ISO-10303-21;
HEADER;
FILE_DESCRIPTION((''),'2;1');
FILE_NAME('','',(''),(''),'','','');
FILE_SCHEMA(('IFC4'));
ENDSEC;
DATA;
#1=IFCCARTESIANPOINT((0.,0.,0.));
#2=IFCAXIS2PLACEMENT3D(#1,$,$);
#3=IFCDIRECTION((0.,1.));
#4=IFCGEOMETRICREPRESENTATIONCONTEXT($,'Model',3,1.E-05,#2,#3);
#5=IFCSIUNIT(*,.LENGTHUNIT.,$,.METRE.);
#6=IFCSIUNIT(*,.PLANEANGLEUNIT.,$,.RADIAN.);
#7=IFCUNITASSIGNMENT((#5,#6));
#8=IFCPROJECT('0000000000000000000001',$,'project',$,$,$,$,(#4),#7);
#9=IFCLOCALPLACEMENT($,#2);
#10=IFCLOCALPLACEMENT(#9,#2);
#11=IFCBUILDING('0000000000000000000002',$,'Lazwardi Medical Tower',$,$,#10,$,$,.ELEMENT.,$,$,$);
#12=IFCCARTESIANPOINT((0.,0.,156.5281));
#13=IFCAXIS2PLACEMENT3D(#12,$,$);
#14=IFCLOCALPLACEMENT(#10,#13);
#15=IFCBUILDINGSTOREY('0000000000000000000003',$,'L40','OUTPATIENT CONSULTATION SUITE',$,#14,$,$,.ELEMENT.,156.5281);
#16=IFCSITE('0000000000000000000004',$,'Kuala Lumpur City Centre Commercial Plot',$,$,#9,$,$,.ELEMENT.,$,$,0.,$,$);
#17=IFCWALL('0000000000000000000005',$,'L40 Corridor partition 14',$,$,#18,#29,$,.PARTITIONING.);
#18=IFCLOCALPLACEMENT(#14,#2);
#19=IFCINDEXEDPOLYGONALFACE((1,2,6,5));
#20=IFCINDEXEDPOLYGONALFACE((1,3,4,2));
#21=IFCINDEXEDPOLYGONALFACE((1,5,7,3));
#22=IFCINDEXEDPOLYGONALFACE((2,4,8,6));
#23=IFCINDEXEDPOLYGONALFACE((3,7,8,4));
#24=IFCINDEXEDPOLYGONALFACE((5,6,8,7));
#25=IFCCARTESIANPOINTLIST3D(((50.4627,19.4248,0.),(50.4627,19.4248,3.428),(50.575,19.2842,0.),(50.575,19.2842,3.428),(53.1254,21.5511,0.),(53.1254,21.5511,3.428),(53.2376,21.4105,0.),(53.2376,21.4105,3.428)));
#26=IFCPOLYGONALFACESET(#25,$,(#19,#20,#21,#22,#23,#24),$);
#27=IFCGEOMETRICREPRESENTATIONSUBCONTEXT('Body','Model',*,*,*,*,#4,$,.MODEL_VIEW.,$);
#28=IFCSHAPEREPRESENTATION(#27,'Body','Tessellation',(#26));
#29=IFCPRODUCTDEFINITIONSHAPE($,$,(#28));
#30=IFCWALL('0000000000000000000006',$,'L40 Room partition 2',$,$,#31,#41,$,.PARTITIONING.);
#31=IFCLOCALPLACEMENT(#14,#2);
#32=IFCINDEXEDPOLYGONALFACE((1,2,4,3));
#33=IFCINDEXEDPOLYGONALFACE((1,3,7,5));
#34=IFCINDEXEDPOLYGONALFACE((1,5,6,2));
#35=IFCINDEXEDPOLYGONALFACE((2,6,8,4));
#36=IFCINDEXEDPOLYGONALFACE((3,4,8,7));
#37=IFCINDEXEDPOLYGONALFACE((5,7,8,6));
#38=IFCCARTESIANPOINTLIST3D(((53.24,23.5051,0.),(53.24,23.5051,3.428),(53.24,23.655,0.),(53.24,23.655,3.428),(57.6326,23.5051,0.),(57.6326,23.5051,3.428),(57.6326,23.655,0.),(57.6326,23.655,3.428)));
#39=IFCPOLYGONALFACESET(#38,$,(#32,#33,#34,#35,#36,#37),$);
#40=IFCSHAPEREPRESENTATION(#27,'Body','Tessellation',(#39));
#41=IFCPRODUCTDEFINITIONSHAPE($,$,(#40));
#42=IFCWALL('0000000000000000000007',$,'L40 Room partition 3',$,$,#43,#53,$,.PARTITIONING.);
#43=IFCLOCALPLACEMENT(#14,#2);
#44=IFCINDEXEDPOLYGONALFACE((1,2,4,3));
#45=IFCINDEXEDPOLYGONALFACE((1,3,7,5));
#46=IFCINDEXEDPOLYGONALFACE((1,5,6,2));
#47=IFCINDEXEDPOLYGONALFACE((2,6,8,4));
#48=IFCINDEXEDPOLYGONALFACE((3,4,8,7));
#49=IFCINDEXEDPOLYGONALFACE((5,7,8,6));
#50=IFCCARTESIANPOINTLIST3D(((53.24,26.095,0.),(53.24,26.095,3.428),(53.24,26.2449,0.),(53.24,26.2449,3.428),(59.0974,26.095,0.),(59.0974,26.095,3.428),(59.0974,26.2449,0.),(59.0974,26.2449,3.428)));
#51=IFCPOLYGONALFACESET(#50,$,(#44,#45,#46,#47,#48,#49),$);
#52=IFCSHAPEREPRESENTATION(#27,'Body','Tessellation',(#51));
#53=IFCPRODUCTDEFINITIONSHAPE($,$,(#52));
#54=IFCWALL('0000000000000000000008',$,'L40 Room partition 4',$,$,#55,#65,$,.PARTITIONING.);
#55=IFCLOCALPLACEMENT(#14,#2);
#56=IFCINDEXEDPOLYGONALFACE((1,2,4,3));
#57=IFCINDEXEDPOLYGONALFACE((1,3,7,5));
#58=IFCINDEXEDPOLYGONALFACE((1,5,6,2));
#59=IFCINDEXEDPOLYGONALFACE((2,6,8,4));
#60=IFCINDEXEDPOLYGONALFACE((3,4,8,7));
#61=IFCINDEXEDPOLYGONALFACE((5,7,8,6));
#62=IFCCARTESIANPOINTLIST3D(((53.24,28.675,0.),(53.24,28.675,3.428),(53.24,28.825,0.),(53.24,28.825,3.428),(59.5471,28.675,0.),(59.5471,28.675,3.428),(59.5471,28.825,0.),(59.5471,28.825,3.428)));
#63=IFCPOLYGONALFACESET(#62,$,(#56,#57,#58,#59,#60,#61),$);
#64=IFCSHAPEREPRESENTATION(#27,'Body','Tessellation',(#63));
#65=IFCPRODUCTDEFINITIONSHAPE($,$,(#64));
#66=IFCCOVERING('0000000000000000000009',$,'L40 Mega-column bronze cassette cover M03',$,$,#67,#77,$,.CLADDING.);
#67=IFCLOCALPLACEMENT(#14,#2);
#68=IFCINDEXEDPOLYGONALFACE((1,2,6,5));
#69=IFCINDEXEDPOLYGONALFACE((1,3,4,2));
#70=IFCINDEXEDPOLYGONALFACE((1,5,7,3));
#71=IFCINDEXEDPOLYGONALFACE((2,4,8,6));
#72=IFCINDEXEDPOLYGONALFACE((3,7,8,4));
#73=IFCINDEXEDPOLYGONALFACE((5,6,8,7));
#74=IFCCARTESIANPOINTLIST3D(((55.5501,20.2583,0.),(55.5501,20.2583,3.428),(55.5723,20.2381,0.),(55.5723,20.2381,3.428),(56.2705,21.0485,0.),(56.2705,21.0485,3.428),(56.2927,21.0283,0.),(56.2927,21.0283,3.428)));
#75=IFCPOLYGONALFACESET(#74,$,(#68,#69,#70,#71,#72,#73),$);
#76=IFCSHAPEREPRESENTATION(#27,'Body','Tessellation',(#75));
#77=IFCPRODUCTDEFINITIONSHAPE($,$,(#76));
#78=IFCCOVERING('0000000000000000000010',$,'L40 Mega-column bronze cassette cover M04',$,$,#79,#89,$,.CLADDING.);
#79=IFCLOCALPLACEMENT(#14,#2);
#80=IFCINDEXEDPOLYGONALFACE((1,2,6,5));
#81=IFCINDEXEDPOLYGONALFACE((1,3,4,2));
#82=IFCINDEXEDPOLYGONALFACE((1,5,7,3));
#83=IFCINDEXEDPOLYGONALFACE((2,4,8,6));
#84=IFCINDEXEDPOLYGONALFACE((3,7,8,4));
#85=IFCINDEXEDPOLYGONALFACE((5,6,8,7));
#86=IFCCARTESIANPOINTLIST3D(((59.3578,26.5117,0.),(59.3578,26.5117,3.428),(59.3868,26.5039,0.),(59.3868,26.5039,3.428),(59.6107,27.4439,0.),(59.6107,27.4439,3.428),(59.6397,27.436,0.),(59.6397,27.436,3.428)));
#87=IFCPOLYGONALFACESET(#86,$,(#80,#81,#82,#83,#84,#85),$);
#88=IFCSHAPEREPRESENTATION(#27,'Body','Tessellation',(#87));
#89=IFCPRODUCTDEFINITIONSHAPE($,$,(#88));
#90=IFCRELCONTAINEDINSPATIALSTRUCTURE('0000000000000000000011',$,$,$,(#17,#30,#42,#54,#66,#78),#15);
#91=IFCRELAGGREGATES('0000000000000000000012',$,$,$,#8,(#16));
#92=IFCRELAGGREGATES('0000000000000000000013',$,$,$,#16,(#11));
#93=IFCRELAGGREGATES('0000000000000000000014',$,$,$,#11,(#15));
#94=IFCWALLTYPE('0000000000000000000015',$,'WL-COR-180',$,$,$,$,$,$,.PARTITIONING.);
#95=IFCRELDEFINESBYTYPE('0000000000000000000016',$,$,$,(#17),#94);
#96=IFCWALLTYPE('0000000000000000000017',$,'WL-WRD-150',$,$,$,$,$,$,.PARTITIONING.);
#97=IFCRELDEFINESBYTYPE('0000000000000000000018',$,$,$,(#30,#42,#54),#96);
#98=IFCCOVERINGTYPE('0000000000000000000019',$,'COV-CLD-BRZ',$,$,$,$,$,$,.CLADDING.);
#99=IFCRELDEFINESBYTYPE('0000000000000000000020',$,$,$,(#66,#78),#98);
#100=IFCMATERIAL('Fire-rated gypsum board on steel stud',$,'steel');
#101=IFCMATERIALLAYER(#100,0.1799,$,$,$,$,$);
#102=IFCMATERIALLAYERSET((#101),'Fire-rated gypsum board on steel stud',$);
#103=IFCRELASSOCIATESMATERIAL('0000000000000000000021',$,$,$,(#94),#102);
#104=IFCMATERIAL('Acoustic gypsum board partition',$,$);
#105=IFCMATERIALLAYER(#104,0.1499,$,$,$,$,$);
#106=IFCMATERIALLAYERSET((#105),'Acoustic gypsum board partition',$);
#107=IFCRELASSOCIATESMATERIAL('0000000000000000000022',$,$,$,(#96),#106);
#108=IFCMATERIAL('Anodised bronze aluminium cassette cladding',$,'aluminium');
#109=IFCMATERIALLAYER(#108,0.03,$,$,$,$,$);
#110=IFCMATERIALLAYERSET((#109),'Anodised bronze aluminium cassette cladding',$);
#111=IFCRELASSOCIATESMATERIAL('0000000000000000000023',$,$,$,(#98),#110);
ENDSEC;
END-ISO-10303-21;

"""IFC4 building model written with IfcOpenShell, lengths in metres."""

from ifc_helpers import new_model, si_unit, direction, frame, frame_2d, origin, origin_2d, place, context, subcontext, project, spatial, rectangle, extrude, material, layer, layer_set, type_object, element, save


model = new_model("IFC4")

# Units and contexts
model_context = context("Model", 3, precision=1e-05, world=origin(), true_north=direction((0.0, 1.0)))
body_context = subcontext(model_context, "Body", "Model", "MODEL_VIEW")
ifc_project = project(units=[si_unit("LENGTHUNIT", "METRE"), si_unit("PLANEANGLEUNIT", "RADIAN")], contexts=[model_context])

# Site, building, storey
site_placement = place(None, origin())
site = spatial("IfcSite", under=ifc_project, at=site_placement, Name="Kuala Lumpur City Centre Commercial Plot", CompositionType="ELEMENT", RefElevation=0.0)
building_placement = place(site_placement, origin())
building = spatial("IfcBuilding", under=site, at=building_placement, Name="Lazwardi Medical Tower", CompositionType="ELEMENT")
storey_placement = place(building_placement, frame((0.0, 0.0, 156.5281)))
storey = spatial("IfcBuildingStorey", under=building, at=storey_placement, Name="L40", Description="OUTPATIENT CONSULTATION SUITE", CompositionType="ELEMENT", Elevation=156.5281)

# Walls
ifc_material_1 = material(Name="Fire-rated gypsum board on steel stud", Category="steel")
ifc_layer_1 = layer(ifc_material_1, 0.1799)
ifc_layer_set_1 = layer_set([ifc_layer_1], Name="Fire-rated gypsum board on steel stud")
wall_type_1 = type_object("IfcWallType", Name="WL-COR-180", PredefinedType="PARTITIONING", material=ifc_layer_set_1)
wall_1_placement = place(storey_placement, frame((53.1814, 21.4807, 0.0), z_axis=(0.0, 0.0, 1.0), x_axis=(-0.781421, -0.624005, 0.0)))
element("IfcWall", 1, at=wall_1_placement, inside=storey, type_object=wall_type_1, Name="L40 Corridor partition 14", PredefinedType="PARTITIONING", context=body_context, shape_type="SweptSolid", body=[
    extrude(rectangle(XDim=3.4075, YDim=0.1799, at=frame_2d((1.7036, 0.0))), origin(), (0.0, 0.0, 1.0), 3.428),
])
ifc_material_2 = material(Name="Acoustic gypsum board partition")
ifc_layer_2 = layer(ifc_material_2, 0.1499)
ifc_layer_set_2 = layer_set([ifc_layer_2], Name="Acoustic gypsum board partition")
wall_type_2 = type_object("IfcWallType", Name="WL-WRD-150", PredefinedType="PARTITIONING", material=ifc_layer_set_2)
wall_2_placement = place(storey_placement, frame((53.24, 23.5801, 0.0), z_axis=(0.0, 0.0, 1.0), x_axis=(1.0, 0.0, 0.0)))
element("IfcWall", 2, at=wall_2_placement, inside=storey, type_object=wall_type_2, Name="L40 Room partition 2", PredefinedType="PARTITIONING", context=body_context, shape_type="SweptSolid", body=[
    extrude(rectangle(XDim=4.3926, YDim=0.1499, at=frame_2d((2.1963, 0.0))), origin(), (0.0, 0.0, 1.0), 3.428),
])
wall_3_placement = place(storey_placement, frame((53.24, 26.1699, 0.0), z_axis=(0.0, 0.0, 1.0), x_axis=(1.0, 0.0, 0.0)))
element("IfcWall", 3, at=wall_3_placement, inside=storey, type_object=wall_type_2, Name="L40 Room partition 3", PredefinedType="PARTITIONING", context=body_context, shape_type="SweptSolid", body=[
    extrude(rectangle(XDim=5.8574, YDim=0.1499, at=frame_2d((2.9287, 0.0))), origin(), (0.0, 0.0, 1.0), 3.428),
])
wall_4_placement = place(storey_placement, frame((53.24, 28.75, 0.0), z_axis=(0.0, 0.0, 1.0), x_axis=(1.0, 0.0, 0.0)))
element("IfcWall", 4, at=wall_4_placement, inside=storey, type_object=wall_type_2, Name="L40 Room partition 4", PredefinedType="PARTITIONING", context=body_context, shape_type="SweptSolid", body=[
    extrude(rectangle(XDim=6.3071, YDim=0.1499, at=frame_2d((3.1536, 0.0))), origin(), (0.0, 0.0, 1.0), 3.428),
])

# Coverings
ifc_material_3 = material(Name="Anodised bronze aluminium cassette cladding", Category="aluminium")
ifc_layer_3 = layer(ifc_material_3, 0.03)
ifc_layer_set_3 = layer_set([ifc_layer_3], Name="Anodised bronze aluminium cassette cladding")
covering_type = type_object("IfcCoveringType", Name="COV-CLD-BRZ", PredefinedType="CLADDING", material=ifc_layer_set_3)
covering_1_placement = place(storey_placement, frame((55.9214, 20.6433, 0.0), z_axis=(0.0, 0.0, 1.0), x_axis=(0.673714, 0.738992, 0.0)))
element("IfcCovering", 5, at=covering_1_placement, inside=storey, type_object=covering_type, Name="L40 Mega-column bronze cassette cover M03", PredefinedType="CLADDING", context=body_context, shape_type="SweptSolid", body=[
    extrude(rectangle(XDim=1.0693, YDim=0.03, at=origin_2d()), origin(), (0.0, 0.0, 1.0), 3.428),
])
covering_2_placement = place(storey_placement, frame((59.4988, 26.9739, 0.0), z_axis=(0.0, 0.0, 1.0), x_axis=(0.261829, 0.965114, 0.0)))
element("IfcCovering", 6, at=covering_2_placement, inside=storey, type_object=covering_type, Name="L40 Mega-column bronze cassette cover M04", PredefinedType="CLADDING", context=body_context, shape_type="SweptSolid", body=[
    extrude(rectangle(XDim=0.9658, YDim=0.03, at=origin_2d()), origin(), (0.0, 0.0, 1.0), 3.428),
])

save(model, "model.ifc")
